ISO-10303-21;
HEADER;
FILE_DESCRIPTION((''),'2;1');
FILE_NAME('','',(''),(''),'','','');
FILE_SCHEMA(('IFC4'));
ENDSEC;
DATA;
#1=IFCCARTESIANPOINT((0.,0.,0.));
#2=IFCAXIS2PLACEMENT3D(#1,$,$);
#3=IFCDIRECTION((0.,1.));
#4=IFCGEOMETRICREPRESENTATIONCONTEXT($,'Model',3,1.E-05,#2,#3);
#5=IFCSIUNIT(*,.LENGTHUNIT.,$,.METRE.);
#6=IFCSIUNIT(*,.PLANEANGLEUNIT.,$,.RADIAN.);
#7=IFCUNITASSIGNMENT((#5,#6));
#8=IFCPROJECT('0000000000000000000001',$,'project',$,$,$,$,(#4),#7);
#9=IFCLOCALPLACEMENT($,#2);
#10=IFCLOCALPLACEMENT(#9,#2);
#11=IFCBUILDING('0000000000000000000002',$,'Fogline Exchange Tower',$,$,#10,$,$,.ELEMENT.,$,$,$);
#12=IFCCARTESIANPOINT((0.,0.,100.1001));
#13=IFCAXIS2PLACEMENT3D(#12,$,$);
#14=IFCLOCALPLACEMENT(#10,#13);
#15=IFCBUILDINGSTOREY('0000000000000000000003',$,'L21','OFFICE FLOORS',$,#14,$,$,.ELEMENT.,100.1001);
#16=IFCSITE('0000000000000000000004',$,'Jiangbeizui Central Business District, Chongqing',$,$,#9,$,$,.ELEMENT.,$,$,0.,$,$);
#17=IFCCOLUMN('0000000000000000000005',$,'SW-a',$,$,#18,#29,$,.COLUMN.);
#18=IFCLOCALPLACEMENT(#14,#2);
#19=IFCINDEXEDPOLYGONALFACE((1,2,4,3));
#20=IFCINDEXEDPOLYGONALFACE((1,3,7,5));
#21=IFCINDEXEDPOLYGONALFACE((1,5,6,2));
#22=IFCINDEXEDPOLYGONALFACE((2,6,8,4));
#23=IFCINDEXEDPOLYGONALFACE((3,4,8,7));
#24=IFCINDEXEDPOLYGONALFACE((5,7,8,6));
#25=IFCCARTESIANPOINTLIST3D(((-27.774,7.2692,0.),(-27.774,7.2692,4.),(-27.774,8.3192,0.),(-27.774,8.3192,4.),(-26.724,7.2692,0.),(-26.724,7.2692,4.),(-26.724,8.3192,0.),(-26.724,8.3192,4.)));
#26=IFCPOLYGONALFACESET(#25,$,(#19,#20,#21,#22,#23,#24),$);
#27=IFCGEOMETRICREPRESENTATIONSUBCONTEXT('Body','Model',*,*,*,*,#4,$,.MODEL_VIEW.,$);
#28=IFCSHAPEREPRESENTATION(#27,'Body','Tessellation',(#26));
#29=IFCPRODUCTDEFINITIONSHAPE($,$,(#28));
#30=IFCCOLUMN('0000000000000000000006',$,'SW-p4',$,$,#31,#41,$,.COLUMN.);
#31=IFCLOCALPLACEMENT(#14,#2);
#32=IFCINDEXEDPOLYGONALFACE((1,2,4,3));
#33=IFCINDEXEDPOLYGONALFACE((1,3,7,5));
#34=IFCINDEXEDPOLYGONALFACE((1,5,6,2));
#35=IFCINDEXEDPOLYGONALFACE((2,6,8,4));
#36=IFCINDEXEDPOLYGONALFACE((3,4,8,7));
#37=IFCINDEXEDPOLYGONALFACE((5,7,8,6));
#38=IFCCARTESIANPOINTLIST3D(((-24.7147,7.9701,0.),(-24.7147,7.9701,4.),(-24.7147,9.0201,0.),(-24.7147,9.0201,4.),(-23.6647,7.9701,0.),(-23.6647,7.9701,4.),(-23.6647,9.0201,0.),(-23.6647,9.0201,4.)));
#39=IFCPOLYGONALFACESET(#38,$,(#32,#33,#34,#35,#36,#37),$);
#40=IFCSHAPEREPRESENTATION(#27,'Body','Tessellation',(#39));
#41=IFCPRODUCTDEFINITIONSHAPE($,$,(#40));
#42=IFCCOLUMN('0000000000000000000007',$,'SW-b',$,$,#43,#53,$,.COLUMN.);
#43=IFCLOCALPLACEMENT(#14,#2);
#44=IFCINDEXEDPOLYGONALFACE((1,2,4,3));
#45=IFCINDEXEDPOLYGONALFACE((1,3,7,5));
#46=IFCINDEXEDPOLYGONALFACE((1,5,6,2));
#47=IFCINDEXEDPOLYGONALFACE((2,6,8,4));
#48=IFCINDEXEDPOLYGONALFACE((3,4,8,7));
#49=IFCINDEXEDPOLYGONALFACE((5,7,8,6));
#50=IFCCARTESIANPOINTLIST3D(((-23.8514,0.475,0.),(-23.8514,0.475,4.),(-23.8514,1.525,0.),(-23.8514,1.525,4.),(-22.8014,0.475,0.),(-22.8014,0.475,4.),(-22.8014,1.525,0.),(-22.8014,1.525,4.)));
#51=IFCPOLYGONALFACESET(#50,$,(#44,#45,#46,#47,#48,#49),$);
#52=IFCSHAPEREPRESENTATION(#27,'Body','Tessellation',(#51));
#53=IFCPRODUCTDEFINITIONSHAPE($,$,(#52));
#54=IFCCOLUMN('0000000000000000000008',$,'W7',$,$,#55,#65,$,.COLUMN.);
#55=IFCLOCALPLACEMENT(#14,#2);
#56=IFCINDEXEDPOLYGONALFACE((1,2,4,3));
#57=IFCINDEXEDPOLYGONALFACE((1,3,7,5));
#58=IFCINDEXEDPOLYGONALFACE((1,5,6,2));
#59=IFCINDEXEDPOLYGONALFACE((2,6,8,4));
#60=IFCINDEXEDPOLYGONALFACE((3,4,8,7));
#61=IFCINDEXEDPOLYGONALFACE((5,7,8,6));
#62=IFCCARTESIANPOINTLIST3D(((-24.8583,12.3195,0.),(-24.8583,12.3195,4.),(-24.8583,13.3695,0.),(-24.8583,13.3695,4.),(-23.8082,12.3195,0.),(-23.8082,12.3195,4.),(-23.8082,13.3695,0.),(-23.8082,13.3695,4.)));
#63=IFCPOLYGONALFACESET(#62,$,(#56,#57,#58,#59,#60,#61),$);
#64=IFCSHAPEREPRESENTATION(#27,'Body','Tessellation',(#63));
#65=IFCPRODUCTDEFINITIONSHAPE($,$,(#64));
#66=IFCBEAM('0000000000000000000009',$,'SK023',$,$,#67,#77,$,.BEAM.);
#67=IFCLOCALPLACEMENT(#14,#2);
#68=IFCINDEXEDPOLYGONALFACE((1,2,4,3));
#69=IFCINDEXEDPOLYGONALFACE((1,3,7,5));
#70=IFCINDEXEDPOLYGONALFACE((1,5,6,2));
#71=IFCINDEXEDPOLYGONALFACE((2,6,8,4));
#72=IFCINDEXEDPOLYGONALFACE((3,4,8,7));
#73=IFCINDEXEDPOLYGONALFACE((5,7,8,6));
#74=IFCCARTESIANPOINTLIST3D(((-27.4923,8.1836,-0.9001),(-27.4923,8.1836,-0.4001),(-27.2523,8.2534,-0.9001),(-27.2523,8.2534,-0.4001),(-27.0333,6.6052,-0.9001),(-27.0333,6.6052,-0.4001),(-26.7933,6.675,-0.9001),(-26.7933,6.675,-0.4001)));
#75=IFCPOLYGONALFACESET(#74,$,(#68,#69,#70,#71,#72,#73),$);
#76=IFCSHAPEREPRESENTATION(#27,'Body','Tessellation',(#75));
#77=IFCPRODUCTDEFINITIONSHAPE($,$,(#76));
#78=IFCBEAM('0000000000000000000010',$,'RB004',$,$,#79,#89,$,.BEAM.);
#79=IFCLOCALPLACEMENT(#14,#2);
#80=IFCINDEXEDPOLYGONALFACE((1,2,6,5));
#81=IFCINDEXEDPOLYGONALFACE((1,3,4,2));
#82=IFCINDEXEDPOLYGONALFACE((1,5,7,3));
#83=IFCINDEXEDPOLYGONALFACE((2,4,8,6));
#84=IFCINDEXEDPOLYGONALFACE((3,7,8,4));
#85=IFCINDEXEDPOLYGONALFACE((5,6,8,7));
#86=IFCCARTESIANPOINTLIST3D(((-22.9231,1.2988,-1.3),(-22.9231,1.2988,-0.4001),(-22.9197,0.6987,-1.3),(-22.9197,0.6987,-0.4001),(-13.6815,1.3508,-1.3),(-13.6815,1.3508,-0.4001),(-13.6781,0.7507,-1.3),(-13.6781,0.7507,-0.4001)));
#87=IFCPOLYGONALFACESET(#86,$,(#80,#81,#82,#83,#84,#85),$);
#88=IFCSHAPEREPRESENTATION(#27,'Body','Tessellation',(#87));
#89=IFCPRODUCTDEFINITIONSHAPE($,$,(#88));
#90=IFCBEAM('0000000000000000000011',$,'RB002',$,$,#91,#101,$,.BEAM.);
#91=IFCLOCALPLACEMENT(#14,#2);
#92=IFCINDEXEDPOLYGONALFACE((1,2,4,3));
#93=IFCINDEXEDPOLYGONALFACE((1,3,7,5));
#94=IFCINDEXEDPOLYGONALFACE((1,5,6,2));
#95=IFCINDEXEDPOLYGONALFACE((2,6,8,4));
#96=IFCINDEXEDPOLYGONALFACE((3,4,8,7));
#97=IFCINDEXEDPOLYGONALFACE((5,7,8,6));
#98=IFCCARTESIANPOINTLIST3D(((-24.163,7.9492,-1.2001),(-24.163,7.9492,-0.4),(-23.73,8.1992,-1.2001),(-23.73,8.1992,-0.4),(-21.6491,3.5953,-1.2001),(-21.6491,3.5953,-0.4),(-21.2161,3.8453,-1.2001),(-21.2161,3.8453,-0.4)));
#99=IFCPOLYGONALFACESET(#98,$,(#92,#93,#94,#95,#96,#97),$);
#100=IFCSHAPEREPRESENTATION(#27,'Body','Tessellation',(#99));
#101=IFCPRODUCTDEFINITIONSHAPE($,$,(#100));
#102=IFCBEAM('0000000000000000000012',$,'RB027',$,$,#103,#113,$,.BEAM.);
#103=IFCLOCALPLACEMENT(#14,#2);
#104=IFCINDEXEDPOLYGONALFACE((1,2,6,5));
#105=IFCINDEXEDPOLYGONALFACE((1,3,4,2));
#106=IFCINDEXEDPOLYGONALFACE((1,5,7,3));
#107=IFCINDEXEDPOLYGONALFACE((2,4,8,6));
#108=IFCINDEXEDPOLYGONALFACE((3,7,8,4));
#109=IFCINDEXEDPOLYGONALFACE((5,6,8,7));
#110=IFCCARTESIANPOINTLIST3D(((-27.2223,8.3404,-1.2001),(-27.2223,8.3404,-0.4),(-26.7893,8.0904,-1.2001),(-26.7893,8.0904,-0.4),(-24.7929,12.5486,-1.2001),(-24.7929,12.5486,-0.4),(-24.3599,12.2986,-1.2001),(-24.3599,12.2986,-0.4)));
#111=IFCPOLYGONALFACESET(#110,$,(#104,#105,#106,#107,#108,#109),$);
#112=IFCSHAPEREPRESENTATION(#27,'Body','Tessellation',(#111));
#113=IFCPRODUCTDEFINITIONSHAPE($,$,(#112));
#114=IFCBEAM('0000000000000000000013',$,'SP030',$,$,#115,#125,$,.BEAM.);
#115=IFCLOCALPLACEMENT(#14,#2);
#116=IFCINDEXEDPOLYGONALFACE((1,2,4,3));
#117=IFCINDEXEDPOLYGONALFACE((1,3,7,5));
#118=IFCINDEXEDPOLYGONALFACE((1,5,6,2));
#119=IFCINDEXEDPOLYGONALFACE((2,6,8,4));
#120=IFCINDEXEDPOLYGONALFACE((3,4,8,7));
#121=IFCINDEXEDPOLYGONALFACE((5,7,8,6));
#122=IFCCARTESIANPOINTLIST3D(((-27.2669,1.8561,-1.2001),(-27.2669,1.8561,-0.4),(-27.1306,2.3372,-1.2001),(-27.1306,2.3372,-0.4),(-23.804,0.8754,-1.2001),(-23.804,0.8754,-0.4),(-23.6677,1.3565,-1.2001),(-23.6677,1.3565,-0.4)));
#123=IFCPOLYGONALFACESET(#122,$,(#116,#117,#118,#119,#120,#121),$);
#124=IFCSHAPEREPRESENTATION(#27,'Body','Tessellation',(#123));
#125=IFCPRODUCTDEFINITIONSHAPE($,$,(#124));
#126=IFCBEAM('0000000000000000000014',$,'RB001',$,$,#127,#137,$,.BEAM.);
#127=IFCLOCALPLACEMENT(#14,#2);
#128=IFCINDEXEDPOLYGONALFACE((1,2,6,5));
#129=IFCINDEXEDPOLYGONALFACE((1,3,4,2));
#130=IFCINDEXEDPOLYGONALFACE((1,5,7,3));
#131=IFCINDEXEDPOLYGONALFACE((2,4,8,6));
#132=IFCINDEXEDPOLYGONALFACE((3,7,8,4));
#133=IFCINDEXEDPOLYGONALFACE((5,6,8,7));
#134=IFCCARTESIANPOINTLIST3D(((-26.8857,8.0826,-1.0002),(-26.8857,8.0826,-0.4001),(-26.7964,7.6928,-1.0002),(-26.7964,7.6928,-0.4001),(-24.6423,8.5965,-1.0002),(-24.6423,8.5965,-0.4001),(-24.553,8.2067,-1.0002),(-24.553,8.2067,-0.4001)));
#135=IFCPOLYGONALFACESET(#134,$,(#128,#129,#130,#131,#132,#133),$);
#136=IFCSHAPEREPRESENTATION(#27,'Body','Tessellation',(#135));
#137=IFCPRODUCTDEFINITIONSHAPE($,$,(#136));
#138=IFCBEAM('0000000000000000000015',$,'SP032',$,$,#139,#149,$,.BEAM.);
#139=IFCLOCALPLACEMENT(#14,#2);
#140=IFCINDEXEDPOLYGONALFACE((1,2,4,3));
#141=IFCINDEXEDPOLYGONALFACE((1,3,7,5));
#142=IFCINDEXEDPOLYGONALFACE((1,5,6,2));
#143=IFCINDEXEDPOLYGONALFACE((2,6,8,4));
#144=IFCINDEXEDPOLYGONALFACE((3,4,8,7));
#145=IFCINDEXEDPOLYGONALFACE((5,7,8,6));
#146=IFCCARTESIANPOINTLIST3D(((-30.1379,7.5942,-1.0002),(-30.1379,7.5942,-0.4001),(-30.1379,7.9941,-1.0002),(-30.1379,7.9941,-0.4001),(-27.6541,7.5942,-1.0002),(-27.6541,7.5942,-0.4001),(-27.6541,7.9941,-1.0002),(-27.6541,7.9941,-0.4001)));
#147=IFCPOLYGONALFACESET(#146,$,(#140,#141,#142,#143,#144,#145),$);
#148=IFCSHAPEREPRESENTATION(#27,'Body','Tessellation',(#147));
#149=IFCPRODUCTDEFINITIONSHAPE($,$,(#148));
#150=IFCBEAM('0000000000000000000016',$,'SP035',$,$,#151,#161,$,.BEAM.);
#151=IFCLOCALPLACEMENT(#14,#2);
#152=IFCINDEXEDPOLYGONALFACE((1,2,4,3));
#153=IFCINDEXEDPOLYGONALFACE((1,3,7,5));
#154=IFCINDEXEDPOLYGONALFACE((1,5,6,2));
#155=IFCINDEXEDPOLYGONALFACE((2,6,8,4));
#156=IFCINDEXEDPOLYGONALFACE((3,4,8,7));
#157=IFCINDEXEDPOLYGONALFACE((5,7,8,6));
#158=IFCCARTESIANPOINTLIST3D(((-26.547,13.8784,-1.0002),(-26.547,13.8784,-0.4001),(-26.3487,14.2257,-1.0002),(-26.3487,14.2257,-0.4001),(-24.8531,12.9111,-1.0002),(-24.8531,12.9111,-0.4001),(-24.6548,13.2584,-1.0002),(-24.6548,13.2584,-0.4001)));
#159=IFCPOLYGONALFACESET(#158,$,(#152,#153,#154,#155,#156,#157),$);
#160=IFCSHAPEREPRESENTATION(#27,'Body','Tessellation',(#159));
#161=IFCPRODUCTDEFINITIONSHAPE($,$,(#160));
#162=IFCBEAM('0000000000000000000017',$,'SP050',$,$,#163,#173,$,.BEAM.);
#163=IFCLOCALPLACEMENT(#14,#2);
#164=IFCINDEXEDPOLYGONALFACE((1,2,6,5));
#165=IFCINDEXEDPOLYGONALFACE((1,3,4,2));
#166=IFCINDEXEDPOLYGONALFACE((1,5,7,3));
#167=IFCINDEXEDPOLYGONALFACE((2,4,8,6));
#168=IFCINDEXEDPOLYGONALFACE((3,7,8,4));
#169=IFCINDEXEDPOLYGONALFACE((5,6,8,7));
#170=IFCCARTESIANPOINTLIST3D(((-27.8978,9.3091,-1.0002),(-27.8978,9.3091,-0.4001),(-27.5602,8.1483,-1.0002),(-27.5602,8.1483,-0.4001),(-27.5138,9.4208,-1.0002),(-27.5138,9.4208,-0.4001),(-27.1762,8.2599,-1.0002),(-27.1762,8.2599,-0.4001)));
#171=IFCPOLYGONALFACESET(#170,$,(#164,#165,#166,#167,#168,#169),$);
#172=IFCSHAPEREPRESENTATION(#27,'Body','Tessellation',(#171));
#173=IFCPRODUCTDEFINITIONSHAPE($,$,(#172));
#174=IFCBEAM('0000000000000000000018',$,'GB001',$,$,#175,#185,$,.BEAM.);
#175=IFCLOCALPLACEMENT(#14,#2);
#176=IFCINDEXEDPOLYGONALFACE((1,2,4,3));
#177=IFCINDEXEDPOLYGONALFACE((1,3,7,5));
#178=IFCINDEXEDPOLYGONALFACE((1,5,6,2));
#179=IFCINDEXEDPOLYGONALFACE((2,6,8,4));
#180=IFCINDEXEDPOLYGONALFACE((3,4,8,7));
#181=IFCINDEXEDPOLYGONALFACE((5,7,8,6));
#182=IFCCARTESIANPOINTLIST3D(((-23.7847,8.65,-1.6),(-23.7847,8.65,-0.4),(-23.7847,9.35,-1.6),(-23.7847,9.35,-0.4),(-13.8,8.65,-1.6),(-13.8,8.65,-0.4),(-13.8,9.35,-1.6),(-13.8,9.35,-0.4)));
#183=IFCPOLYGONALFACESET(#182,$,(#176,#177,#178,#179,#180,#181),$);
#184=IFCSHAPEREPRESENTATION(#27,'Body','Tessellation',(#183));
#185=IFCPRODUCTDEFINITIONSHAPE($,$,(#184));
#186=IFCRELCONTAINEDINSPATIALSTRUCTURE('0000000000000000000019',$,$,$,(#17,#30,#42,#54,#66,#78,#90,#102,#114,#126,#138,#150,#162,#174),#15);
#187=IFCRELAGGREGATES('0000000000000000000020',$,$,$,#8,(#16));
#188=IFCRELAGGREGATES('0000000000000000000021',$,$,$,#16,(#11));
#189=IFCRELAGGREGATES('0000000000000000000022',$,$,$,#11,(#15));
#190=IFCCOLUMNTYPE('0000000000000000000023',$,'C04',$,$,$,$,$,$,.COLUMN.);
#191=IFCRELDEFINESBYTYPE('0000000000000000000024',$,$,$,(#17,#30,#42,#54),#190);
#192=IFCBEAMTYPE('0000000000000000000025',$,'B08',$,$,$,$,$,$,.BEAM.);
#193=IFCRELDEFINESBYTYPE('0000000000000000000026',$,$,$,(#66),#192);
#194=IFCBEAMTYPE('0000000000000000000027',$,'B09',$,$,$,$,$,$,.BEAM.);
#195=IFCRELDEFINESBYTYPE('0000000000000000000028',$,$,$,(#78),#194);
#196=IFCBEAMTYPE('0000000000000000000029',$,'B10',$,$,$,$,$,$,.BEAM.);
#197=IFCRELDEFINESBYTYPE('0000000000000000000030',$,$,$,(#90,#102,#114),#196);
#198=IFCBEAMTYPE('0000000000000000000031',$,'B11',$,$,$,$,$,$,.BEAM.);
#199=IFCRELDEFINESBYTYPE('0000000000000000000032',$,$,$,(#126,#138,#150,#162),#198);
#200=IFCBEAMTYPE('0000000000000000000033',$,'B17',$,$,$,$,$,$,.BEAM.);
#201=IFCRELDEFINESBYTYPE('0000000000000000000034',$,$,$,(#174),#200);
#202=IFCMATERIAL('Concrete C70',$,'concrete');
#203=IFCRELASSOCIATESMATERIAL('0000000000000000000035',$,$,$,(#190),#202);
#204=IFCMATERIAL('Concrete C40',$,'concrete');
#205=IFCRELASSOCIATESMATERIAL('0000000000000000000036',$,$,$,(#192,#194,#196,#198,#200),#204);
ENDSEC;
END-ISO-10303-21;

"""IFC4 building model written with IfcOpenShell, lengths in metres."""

from ifc_helpers import new_model, si_unit, direction, frame, origin, origin_2d, place, context, subcontext, project, spatial, rectangle, extrude, material, material_profile, profile_set, type_object, element, save


model = new_model("IFC4")

# Units and contexts
model_context = context("Model", 3, precision=1e-05, world=origin(), true_north=direction((0.0, 1.0)))
body_context = subcontext(model_context, "Body", "Model", "MODEL_VIEW")
ifc_project = project(units=[si_unit("LENGTHUNIT", "METRE"), si_unit("PLANEANGLEUNIT", "RADIAN")], contexts=[model_context])

# Site, building, storey
site_placement = place(None, origin())
site = spatial("IfcSite", under=ifc_project, at=site_placement, Name="Jiangbeizui Central Business District, Chongqing", CompositionType="ELEMENT", RefElevation=0.0)
building_placement = place(site_placement, origin())
building = spatial("IfcBuilding", under=site, at=building_placement, Name="Fogline Exchange Tower", CompositionType="ELEMENT")
storey_placement = place(building_placement, frame((0.0, 0.0, 100.1001)))
storey = spatial("IfcBuildingStorey", under=building, at=storey_placement, Name="L21", Description="OFFICE FLOORS", CompositionType="ELEMENT", Elevation=100.1001)

# Columns
ifc_material_1 = material(Name="Concrete C70", Category="concrete")
ifc_material_profile_1 = material_profile(ifc_material_1, rectangle(XDim=1.05, YDim=1.05, at=origin_2d()), Name="RC 1050x1050")
ifc_profile_set_1 = profile_set([ifc_material_profile_1], Name="Concrete C70")
column_type = type_object("IfcColumnType", Name="C04", PredefinedType="COLUMN", material=ifc_profile_set_1)
for number, where, z_axis, x_axis, name in (
    (1, (-27.249, 7.7942, 0.0), (0.0, 0.0, 1.0), (1.0, 0.0, 0.0), "SW-a"),
    (2, (-24.1897, 8.4951, 0.0), (0.0, 0.0, 1.0), (1.0, 0.0, 0.0), "SW-p4"),
    (3, (-23.3264, 1.0, 0.0), (0.0, 0.0, 1.0), (1.0, 0.0, 0.0), "SW-b"),
    (4, (-24.3333, 12.8445, 0.0), (0.0, 0.0, 1.0), (1.0, 0.0, 0.0), "W7"),
):
    element("IfcColumn", number, at=place(storey_placement, frame(where, z_axis=z_axis, x_axis=x_axis)), inside=storey, type_object=column_type, Name=name, PredefinedType="COLUMN", context=body_context, shape_type="SweptSolid", body=[
        extrude(rectangle(XDim=1.05, YDim=1.05, at=origin_2d()), origin(), (0.0, 0.0, 1.0), 4.0),
    ])

# Beams
ifc_material_2 = material(Name="Concrete C40", Category="concrete")
ifc_material_profile_2 = material_profile(ifc_material_2, rectangle(XDim=0.25, YDim=0.5, at=origin_2d()), Name="RC 250x500")
ifc_profile_set_2 = profile_set([ifc_material_profile_2], Name="Concrete C40")
beam_type_1 = type_object("IfcBeamType", Name="B08", PredefinedType="BEAM", material=ifc_profile_set_2)
beam_1_placement = place(storey_placement, frame((-27.3723, 8.2185, -0.6501), z_axis=(0.27923, -0.960224, 0.0), x_axis=(0.960224, 0.27923, 0.0)))
element("IfcBeam", 5, at=beam_1_placement, inside=storey, type_object=beam_type_1, Name="SK023", PredefinedType="BEAM", context=body_context, shape_type="SweptSolid", body=[
    extrude(rectangle(XDim=0.25, YDim=0.5, at=origin_2d()), origin(), (0.0, 0.0, 1.0), 1.6438),
])
ifc_material_profile_3 = material_profile(ifc_material_2, rectangle(XDim=0.6001, YDim=0.8999, at=origin_2d()), Name="RC 600x900")
ifc_profile_set_3 = profile_set([ifc_material_profile_3], Name="Concrete C40")
beam_type_2 = type_object("IfcBeamType", Name="B09", PredefinedType="BEAM", material=ifc_profile_set_3)
beam_2_placement = place(storey_placement, frame((-22.9214, 0.9988, -0.8501), z_axis=(0.999984, 0.005627, 0.0), x_axis=(-0.005627, 0.999984, 0.0)))
element("IfcBeam", 6, at=beam_2_placement, inside=storey, type_object=beam_type_2, Name="RB004", PredefinedType="BEAM", context=body_context, shape_type="SweptSolid", body=[
    extrude(rectangle(XDim=0.6001, YDim=0.8999, at=origin_2d()), origin(), (0.0, 0.0, 1.0), 9.2417),
])
ifc_material_profile_4 = material_profile(ifc_material_2, rectangle(XDim=0.5, YDim=0.8, at=origin_2d()), Name="RC 500x800")
ifc_profile_set_4 = profile_set([ifc_material_profile_4], Name="Concrete C40")
beam_type_3 = type_object("IfcBeamType", Name="B10", PredefinedType="BEAM", material=ifc_profile_set_4)
beam_3_placement = place(storey_placement, frame((-23.9465, 8.0742, -0.8), z_axis=(0.500019, -0.866014, 0.0), x_axis=(0.866014, 0.500019, 0.0)))
element("IfcBeam", 7, at=beam_3_placement, inside=storey, type_object=beam_type_3, Name="RB002", PredefinedType="BEAM", context=body_context, shape_type="SweptSolid", body=[
    extrude(rectangle(XDim=0.5, YDim=0.8, at=origin_2d()), origin(), (0.0, 0.0, 1.0), 5.0276),
])
beam_4_placement = place(storey_placement, frame((-24.5764, 12.4236, -0.8), z_axis=(-0.49997, -0.866043, 0.0), x_axis=(0.866043, -0.49997, 0.0)))
element("IfcBeam", 8, at=beam_4_placement, inside=storey, type_object=beam_type_3, Name="RB027", PredefinedType="BEAM", context=body_context, shape_type="SweptSolid", body=[
    extrude(rectangle(XDim=0.5, YDim=0.8, at=origin_2d()), origin(), (0.0, 0.0, 1.0), 4.8591),
])
beam_5_placement = place(storey_placement, frame((-23.7358, 1.116, -0.8), z_axis=(-0.962159, 0.27249, 0.0), x_axis=(-0.27249, -0.962159, 0.0)))
element("IfcBeam", 9, at=beam_5_placement, inside=storey, type_object=beam_type_3, Name="SP030", PredefinedType="BEAM", context=body_context, shape_type="SweptSolid", body=[
    extrude(rectangle(XDim=0.5, YDim=0.8, at=origin_2d()), origin(), (0.0, 0.0, 1.0), 3.5991),
])
ifc_material_profile_5 = material_profile(ifc_material_2, rectangle(XDim=0.3999, YDim=0.6001, at=origin_2d()), Name="RC 400x600")
ifc_profile_set_5 = profile_set([ifc_material_profile_5], Name="Concrete C40")
beam_type_4 = type_object("IfcBeamType", Name="B11", PredefinedType="BEAM", material=ifc_profile_set_5)
beam_6_placement = place(storey_placement, frame((-26.8411, 7.8877, -0.7002), z_axis=(0.974751, 0.223294, 0.0), x_axis=(-0.223294, 0.974751, 0.0)))
element("IfcBeam", 10, at=beam_6_placement, inside=storey, type_object=beam_type_4, Name="RB001", PredefinedType="BEAM", context=body_context, shape_type="SweptSolid", body=[
    extrude(rectangle(XDim=0.3999, YDim=0.6001, at=origin_2d()), origin(), (0.0, 0.0, 1.0), 2.3015),
])
beam_7_placement = place(storey_placement, frame((-27.6541, 7.7942, -0.7002), z_axis=(-1.0, 0.0, 0.0), x_axis=(0.0, -1.0, 0.0)))
element("IfcBeam", 11, at=beam_7_placement, inside=storey, type_object=beam_type_4, Name="SP032", PredefinedType="BEAM", context=body_context, shape_type="SweptSolid", body=[
    extrude(rectangle(XDim=0.3999, YDim=0.6001, at=origin_2d()), origin(), (0.0, 0.0, 1.0), 2.4839),
])
beam_8_placement = place(storey_placement, frame((-24.7539, 13.0847, -0.7002), z_axis=(-0.868382, 0.495896, 0.0), x_axis=(-0.495896, -0.868382, 0.0)))
element("IfcBeam", 12, at=beam_8_placement, inside=storey, type_object=beam_type_4, Name="SP035", PredefinedType="BEAM", context=body_context, shape_type="SweptSolid", body=[
    extrude(rectangle(XDim=0.3999, YDim=0.6001, at=origin_2d()), origin(), (0.0, 0.0, 1.0), 1.9507),
])
beam_9_placement = place(storey_placement, frame((-27.3682, 8.2041, -0.7002), z_axis=(-0.279279, 0.96021, 0.0), x_axis=(-0.96021, -0.279279, 0.0)))
element("IfcBeam", 13, at=beam_9_placement, inside=storey, type_object=beam_type_4, Name="SP050", PredefinedType="BEAM", context=body_context, shape_type="SweptSolid", body=[
    extrude(rectangle(XDim=0.3999, YDim=0.6001, at=origin_2d()), origin(), (0.0, 0.0, 1.0), 1.209),
])
ifc_material_profile_6 = material_profile(ifc_material_2, rectangle(XDim=0.7, YDim=1.2, at=origin_2d()), Name="RC 700x1200")
ifc_profile_set_6 = profile_set([ifc_material_profile_6], Name="Concrete C40")
beam_type_5 = type_object("IfcBeamType", Name="B17", PredefinedType="BEAM", material=ifc_profile_set_6)
beam_10_placement = place(storey_placement, frame((-23.7847, 9.0, -1.0), z_axis=(1.0, 0.0, 0.0), x_axis=(0.0, 1.0, 0.0)))
element("IfcBeam", 14, at=beam_10_placement, inside=storey, type_object=beam_type_5, Name="GB001", PredefinedType="BEAM", context=body_context, shape_type="SweptSolid", body=[
    extrude(rectangle(XDim=0.7, YDim=1.2, at=origin_2d()), origin(), (0.0, 0.0, 1.0), 9.9846),
])

save(model, "model.ifc")
